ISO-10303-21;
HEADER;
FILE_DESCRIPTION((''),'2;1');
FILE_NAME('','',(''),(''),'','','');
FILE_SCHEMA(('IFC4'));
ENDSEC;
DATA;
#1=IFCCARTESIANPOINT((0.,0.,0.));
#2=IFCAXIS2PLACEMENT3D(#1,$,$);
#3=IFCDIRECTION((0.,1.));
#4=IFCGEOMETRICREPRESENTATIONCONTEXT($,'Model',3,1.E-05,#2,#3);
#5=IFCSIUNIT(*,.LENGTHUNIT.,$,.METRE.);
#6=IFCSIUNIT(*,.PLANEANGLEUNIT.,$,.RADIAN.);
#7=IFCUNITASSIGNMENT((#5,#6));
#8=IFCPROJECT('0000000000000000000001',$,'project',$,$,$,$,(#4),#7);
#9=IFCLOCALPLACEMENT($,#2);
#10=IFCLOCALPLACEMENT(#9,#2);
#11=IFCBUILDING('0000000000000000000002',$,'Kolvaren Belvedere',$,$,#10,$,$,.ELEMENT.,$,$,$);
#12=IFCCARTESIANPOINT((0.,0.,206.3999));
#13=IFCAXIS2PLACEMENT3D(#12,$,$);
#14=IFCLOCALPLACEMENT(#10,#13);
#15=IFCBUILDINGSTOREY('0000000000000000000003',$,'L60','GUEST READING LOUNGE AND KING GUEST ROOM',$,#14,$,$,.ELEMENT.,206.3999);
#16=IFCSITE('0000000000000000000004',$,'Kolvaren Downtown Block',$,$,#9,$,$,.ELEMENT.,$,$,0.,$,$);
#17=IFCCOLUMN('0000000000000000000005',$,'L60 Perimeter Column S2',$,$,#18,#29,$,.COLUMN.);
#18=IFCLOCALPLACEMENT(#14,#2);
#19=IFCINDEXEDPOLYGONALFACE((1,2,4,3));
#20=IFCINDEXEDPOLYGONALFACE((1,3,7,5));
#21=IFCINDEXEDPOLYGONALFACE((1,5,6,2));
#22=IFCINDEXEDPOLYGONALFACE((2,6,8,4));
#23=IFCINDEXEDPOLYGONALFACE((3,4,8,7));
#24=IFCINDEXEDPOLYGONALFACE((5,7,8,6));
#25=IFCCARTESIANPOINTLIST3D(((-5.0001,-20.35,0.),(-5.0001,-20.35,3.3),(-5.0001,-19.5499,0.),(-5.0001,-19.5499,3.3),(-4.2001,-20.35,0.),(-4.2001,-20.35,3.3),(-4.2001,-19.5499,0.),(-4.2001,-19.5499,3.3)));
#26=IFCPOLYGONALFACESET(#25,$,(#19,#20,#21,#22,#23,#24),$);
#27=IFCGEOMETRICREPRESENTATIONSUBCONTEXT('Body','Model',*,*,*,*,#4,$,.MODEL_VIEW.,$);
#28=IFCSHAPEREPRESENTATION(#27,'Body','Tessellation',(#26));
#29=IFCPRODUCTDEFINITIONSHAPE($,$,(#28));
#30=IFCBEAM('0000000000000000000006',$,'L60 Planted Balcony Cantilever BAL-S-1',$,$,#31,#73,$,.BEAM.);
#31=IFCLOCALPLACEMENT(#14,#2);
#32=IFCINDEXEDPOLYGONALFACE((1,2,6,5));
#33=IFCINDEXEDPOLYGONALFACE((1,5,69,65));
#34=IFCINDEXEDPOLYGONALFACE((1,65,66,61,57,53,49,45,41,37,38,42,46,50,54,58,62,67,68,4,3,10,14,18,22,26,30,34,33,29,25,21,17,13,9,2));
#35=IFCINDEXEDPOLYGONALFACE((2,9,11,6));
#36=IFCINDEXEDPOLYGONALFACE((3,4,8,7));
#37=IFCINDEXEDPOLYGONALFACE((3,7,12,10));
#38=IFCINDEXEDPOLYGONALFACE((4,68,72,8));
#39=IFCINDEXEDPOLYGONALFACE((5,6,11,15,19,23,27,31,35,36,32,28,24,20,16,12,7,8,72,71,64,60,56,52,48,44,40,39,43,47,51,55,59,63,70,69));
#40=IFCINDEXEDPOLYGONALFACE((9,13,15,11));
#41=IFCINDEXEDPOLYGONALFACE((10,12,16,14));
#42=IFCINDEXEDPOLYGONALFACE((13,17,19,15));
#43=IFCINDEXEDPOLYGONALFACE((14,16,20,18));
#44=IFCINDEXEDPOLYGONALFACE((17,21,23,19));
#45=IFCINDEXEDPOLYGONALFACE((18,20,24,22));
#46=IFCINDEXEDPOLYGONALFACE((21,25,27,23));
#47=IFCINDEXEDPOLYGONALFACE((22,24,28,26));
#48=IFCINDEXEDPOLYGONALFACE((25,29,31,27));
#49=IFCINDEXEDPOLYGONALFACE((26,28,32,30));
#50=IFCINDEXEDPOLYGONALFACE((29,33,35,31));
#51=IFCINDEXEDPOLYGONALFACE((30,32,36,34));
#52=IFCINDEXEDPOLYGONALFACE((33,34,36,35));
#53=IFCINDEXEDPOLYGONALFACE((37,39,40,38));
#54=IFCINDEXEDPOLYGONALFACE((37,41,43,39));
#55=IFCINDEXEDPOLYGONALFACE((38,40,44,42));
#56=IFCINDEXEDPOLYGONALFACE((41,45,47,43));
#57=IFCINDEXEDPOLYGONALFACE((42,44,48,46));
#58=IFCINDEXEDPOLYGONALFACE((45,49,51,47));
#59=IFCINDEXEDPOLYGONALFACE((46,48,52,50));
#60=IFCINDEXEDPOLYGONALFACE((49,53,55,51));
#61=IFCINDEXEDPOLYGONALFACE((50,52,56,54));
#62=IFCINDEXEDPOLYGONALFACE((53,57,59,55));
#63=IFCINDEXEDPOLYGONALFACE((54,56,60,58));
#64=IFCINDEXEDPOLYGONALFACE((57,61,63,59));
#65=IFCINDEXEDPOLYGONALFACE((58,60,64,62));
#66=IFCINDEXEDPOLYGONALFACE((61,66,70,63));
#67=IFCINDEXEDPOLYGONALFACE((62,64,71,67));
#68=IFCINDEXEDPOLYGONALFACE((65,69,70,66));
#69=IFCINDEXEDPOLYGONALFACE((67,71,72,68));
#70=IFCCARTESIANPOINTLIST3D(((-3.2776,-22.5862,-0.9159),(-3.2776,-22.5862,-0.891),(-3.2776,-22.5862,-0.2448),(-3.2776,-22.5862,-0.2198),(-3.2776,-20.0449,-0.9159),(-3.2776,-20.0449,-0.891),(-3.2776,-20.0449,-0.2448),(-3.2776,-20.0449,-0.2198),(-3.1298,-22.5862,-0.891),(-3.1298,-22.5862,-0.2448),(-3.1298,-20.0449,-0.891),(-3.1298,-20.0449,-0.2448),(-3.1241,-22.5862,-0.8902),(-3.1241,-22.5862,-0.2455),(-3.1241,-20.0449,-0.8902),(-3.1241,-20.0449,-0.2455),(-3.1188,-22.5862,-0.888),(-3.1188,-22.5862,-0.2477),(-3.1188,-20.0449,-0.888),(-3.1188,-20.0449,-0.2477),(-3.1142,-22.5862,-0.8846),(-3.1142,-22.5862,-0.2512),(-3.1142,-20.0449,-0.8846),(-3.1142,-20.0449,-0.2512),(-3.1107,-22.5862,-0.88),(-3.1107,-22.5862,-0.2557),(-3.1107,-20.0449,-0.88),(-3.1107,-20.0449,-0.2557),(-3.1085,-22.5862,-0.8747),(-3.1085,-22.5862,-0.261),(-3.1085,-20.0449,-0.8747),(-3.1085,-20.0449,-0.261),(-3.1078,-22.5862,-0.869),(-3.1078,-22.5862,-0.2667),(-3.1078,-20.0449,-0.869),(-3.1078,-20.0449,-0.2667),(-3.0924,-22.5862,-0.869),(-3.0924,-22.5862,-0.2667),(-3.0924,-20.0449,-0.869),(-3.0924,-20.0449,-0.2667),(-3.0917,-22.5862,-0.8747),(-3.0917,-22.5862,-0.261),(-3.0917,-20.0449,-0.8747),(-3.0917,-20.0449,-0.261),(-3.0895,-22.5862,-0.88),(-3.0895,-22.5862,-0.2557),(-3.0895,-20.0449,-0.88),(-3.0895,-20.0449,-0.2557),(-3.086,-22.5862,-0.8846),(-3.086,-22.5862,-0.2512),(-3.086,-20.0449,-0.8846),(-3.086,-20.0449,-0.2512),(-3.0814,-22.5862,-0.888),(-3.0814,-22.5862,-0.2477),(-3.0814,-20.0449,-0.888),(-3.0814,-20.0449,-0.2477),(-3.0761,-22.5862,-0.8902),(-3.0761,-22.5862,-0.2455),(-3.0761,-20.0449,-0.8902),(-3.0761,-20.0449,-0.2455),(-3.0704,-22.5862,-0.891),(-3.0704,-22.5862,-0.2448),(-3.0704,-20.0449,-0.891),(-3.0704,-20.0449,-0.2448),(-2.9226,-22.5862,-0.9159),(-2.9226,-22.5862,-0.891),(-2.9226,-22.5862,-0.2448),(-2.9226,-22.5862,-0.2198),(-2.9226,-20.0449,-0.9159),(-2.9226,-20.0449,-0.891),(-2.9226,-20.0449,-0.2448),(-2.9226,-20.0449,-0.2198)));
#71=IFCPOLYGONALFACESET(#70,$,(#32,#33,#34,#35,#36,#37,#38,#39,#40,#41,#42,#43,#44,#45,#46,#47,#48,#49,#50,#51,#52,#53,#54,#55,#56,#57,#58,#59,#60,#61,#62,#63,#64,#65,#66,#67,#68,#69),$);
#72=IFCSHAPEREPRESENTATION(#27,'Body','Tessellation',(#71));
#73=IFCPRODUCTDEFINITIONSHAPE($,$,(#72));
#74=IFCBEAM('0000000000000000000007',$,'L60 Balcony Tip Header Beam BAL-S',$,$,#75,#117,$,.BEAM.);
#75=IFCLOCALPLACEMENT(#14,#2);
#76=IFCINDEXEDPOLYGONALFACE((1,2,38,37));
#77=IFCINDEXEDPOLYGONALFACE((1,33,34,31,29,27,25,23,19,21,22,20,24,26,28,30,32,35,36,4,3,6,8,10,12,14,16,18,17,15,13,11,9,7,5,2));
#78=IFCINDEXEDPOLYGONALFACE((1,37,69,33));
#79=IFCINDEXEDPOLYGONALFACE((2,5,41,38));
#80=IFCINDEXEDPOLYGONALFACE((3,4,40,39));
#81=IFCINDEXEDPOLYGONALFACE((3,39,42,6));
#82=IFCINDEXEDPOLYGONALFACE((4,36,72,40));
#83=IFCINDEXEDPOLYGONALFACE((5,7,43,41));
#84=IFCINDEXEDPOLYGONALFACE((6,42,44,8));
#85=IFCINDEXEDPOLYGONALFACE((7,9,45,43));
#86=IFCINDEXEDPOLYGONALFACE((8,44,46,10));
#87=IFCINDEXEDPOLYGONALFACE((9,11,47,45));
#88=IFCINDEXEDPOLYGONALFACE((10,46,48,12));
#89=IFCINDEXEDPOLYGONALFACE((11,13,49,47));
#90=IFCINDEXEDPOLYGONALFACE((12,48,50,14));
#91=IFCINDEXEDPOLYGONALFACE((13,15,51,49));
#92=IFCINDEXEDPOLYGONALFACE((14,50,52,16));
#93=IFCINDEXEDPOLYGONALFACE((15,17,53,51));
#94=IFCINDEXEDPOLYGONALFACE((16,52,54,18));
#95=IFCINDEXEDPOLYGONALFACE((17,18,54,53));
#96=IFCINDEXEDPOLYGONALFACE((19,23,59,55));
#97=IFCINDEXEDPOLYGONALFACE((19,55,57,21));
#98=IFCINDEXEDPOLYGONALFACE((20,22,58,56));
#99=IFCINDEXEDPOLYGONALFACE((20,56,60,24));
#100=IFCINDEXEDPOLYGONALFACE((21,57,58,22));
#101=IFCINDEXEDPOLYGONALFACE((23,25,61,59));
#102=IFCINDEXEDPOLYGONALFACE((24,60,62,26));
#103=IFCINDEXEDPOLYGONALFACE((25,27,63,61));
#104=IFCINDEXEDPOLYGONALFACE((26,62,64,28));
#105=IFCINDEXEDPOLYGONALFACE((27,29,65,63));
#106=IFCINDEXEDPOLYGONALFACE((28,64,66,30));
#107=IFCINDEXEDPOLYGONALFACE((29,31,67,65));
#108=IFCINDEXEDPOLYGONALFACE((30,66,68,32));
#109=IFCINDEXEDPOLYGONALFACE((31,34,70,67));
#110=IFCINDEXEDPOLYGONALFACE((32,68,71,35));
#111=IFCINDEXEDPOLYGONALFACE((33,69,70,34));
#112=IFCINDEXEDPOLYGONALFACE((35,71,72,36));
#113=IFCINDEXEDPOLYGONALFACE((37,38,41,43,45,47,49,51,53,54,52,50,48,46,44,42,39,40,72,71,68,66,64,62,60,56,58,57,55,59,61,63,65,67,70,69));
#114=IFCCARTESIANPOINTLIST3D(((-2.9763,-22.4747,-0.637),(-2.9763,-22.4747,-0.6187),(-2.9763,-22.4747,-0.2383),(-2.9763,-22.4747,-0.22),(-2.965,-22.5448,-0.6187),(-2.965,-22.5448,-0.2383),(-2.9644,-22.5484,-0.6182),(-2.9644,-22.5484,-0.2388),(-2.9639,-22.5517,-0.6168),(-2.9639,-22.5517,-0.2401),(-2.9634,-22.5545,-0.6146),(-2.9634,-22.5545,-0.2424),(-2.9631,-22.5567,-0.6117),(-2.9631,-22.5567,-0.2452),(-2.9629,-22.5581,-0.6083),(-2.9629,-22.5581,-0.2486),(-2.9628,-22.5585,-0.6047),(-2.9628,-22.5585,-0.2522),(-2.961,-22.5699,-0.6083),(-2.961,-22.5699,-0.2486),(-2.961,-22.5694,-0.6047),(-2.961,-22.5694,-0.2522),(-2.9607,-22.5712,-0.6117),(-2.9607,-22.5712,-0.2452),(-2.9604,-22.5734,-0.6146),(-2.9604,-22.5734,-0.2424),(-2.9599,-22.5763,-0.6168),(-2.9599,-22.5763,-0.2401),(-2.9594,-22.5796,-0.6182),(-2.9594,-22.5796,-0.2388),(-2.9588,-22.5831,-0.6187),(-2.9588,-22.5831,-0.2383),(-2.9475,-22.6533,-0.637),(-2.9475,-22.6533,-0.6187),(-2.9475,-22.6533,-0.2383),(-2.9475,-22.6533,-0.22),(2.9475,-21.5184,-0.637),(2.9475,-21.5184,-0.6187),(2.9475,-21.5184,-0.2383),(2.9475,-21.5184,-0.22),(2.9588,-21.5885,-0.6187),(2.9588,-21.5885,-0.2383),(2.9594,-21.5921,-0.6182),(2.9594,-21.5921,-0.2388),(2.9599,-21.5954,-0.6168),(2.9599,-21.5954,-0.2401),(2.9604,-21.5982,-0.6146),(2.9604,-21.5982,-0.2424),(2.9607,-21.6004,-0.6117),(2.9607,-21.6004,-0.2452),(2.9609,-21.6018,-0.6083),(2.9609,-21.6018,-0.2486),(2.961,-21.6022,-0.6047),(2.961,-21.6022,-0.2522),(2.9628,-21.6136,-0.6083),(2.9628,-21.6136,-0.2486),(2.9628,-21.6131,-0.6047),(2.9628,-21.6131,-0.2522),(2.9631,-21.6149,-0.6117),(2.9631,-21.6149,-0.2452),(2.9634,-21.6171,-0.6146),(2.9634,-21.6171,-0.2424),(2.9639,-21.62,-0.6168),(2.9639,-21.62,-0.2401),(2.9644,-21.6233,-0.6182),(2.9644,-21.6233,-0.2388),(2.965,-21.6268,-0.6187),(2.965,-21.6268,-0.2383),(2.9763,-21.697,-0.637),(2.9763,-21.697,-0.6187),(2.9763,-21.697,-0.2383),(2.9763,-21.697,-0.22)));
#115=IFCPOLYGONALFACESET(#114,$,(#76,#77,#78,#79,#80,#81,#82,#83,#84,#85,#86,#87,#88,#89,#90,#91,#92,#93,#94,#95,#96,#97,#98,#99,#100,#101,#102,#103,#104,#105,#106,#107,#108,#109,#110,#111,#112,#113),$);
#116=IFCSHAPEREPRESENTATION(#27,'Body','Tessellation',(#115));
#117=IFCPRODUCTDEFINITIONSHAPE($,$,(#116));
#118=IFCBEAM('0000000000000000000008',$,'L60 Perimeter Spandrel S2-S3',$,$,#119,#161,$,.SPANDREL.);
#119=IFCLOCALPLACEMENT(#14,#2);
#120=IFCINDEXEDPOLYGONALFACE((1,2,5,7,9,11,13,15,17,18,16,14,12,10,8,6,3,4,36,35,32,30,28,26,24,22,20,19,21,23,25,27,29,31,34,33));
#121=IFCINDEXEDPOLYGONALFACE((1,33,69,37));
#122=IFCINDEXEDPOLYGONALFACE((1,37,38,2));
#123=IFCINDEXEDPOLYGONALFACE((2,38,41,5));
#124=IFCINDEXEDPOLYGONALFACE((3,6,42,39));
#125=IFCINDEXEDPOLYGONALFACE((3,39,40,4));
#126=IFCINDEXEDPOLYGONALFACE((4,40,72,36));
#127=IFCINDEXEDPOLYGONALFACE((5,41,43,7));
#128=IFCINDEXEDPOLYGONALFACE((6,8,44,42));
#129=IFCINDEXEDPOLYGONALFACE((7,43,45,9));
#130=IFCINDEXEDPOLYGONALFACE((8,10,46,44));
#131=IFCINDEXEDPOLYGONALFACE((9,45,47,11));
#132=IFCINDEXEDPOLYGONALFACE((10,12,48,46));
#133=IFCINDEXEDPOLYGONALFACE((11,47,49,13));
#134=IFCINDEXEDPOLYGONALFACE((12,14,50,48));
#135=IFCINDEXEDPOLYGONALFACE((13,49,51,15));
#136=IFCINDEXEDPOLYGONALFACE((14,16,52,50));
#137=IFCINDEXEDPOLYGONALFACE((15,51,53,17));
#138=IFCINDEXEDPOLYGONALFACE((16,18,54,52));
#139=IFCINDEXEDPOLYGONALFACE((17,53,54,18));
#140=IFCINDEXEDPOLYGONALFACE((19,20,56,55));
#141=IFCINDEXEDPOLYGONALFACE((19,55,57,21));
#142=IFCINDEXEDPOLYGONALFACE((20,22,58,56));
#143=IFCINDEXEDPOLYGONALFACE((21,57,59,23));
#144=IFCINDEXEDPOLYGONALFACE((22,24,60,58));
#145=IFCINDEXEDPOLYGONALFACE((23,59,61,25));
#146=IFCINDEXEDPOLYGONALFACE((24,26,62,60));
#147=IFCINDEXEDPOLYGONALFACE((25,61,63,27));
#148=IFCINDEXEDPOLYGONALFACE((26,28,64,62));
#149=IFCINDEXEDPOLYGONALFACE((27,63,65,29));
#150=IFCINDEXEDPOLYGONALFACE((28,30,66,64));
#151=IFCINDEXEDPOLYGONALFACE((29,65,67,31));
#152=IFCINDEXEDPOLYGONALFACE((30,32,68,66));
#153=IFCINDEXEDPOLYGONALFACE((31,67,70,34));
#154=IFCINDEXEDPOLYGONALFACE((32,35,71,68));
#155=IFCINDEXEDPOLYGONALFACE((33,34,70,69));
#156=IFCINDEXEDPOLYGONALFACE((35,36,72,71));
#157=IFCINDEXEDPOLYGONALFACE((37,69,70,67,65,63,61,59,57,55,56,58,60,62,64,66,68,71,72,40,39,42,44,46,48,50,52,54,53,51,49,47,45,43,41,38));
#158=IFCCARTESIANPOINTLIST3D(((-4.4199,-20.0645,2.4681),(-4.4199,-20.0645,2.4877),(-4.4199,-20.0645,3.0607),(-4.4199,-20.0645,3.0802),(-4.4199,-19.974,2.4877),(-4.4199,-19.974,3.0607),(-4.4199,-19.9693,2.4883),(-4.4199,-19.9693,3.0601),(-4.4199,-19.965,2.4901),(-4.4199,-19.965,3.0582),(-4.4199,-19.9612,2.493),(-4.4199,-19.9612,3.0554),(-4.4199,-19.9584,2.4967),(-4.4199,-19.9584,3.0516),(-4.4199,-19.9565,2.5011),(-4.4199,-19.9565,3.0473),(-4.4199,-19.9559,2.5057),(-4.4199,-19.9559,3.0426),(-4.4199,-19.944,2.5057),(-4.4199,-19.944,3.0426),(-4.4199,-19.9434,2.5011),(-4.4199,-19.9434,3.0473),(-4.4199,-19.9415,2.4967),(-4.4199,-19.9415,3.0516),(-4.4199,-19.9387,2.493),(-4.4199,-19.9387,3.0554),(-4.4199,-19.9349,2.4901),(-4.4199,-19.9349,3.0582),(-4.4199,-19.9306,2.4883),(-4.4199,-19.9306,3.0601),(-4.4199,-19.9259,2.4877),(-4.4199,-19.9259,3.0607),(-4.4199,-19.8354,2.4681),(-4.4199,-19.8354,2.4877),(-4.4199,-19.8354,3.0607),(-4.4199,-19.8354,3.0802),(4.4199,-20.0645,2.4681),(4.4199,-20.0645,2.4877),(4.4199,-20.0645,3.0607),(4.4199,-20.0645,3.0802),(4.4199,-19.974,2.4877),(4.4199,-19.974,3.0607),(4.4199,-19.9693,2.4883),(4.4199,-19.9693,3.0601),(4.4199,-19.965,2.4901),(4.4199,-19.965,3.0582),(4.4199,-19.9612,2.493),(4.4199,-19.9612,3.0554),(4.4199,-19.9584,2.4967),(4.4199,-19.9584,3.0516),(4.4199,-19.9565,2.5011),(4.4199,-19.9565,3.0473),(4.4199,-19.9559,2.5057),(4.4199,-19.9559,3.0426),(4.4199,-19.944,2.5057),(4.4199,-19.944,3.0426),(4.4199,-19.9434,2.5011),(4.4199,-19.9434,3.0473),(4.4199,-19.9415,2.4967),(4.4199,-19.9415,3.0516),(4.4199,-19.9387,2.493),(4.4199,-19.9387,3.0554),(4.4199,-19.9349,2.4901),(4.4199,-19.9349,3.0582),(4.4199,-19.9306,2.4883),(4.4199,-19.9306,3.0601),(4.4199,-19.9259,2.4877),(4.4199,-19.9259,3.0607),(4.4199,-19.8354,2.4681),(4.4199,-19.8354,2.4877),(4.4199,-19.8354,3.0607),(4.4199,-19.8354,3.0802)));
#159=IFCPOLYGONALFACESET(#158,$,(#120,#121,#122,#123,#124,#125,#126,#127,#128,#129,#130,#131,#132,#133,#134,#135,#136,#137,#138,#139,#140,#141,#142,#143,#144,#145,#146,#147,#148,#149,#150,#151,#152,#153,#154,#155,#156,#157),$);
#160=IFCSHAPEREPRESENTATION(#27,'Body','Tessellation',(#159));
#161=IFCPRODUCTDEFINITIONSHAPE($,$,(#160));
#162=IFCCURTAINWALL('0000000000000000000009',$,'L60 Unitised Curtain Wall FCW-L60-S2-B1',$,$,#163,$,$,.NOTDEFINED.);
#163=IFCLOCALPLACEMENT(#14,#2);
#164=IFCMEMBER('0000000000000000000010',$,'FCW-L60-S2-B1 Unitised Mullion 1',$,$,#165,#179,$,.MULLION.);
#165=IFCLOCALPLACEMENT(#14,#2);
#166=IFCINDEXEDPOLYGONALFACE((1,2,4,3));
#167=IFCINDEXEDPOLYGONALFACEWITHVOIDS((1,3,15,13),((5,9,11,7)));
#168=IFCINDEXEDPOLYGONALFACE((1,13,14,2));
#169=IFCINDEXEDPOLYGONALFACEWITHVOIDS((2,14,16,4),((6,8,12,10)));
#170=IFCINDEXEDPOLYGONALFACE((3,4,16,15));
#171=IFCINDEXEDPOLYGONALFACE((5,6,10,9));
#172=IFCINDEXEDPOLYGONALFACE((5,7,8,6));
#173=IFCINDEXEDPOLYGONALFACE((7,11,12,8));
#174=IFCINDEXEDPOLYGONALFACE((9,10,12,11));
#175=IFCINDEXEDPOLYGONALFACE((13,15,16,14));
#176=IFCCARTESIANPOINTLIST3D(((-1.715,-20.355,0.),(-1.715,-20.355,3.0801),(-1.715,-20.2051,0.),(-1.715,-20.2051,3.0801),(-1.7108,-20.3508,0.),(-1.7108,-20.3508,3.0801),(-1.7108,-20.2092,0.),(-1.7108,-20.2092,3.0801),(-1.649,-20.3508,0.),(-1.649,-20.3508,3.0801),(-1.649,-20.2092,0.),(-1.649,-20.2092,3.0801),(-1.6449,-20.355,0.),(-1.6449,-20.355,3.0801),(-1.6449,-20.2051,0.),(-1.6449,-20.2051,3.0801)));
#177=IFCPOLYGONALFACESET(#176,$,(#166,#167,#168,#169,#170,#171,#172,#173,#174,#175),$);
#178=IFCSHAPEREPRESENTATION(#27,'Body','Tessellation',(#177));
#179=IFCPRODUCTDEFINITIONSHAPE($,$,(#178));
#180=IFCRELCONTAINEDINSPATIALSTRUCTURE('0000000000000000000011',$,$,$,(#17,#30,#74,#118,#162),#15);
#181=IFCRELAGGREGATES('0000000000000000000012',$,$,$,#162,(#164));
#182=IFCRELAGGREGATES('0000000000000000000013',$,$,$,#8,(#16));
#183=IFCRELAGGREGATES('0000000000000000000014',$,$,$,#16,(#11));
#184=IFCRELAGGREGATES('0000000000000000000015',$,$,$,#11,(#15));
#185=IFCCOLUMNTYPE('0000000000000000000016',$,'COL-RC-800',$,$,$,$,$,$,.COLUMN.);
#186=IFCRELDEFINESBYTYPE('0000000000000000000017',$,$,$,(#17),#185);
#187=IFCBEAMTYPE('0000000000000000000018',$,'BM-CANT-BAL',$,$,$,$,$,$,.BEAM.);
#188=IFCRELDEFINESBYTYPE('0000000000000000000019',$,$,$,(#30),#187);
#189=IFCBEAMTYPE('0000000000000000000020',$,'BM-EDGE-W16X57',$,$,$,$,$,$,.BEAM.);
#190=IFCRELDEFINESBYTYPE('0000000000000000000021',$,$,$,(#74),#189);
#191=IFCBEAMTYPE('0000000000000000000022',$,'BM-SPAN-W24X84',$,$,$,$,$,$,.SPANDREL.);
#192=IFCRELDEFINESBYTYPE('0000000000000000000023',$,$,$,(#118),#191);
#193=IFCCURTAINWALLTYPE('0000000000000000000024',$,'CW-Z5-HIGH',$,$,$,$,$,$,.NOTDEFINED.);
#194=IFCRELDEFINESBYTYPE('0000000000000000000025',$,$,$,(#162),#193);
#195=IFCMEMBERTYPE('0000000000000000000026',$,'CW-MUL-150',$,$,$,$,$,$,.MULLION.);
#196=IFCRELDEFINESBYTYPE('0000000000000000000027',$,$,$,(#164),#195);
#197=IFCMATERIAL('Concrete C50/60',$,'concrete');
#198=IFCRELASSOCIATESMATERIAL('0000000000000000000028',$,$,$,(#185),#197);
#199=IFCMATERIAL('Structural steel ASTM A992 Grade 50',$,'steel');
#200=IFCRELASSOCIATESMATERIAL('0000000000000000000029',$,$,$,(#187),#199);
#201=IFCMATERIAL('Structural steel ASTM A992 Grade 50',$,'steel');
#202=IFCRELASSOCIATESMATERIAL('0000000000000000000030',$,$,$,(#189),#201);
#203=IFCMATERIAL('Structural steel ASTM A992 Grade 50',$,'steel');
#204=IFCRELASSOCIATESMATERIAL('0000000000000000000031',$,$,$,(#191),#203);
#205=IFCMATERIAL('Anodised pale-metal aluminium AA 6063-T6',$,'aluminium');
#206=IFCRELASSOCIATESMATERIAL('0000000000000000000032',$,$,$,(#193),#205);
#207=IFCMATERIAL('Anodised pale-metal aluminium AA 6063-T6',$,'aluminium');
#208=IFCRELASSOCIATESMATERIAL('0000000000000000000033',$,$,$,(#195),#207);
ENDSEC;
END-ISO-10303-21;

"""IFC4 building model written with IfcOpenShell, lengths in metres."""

from ifc_helpers import new_model, si_unit, direction, frame, origin, origin_2d, place, context, subcontext, project, spatial, rectangle, hollow_rectangle, i_section, extrude, material, material_profile, profile_set, type_object, element, aggregate, save


model = new_model("IFC4")

# Units and contexts
model_context = context("Model", 3, precision=1e-05, world=origin(), true_north=direction((0.0, 1.0)))
body_context = subcontext(model_context, "Body", "Model", "MODEL_VIEW")
ifc_project = project(units=[si_unit("LENGTHUNIT", "METRE"), si_unit("PLANEANGLEUNIT", "RADIAN")], contexts=[model_context])

# Site, building, storey
site_placement = place(None, origin())
site = spatial("IfcSite", under=ifc_project, at=site_placement, Name="Kolvaren Downtown Block", CompositionType="ELEMENT", RefElevation=0.0)
building_placement = place(site_placement, origin())
building = spatial("IfcBuilding", under=site, at=building_placement, Name="Kolvaren Belvedere", CompositionType="ELEMENT")
storey_placement = place(building_placement, frame((0.0, 0.0, 206.3999)))
storey = spatial("IfcBuildingStorey", under=building, at=storey_placement, Name="L60", Description="GUEST READING LOUNGE AND KING GUEST ROOM", CompositionType="ELEMENT", Elevation=206.3999)

# Column
ifc_material_1 = material(Name="Concrete C50/60", Category="concrete")
ifc_material_profile_1 = material_profile(ifc_material_1, rectangle(XDim=0.8, YDim=0.8, at=origin_2d()), Name="RC 800X800")
ifc_profile_set_1 = profile_set([ifc_material_profile_1], Name="Concrete C50/60")
column_type = type_object("IfcColumnType", Name="COL-RC-800", PredefinedType="COLUMN", material=ifc_profile_set_1)
column_placement = place(storey_placement, frame((-4.6001, -19.95, 0.0), z_axis=(0.0, 0.0, 1.0), x_axis=(1.0, 0.0, 0.0)))
element("IfcColumn", 1, at=column_placement, inside=storey, type_object=column_type, Name="L60 Perimeter Column S2", PredefinedType="COLUMN", context=body_context, shape_type="SweptSolid", body=[
    extrude(rectangle(XDim=0.8, YDim=0.8, at=origin_2d()), origin(), (0.0, 0.0, 1.0), 3.3),
])

# Beams
ifc_material_2 = material(Name="Structural steel ASTM A992 Grade 50", Category="steel")
ifc_material_profile_2 = material_profile(ifc_material_2, i_section(OverallWidth=0.355, OverallDepth=0.696, WebThickness=0.0154, FlangeThickness=0.0249, FilletRadius=0.022, at=origin_2d()), Name="W27X146")
ifc_profile_set_2 = profile_set([ifc_material_profile_2], Name="Structural steel ASTM A992 Grade 50")
beam_type_1 = type_object("IfcBeamType", Name="BM-CANT-BAL", PredefinedType="BEAM", material=ifc_profile_set_2)
beam_1_placement = place(storey_placement, frame((-3.1001, -20.0449, -0.5679), z_axis=(0.0, -1.0, 0.0), x_axis=(1.0, 0.0, 0.0)))
element("IfcBeam", 2, at=beam_1_placement, inside=storey, type_object=beam_type_1, Name="L60 Planted Balcony Cantilever BAL-S-1", PredefinedType="BEAM", context=body_context, shape_type="SweptSolid", body=[
    extrude(i_section(OverallWidth=0.355, OverallDepth=0.696, WebThickness=0.0154, FlangeThickness=0.0249, FilletRadius=0.022, at=origin_2d()), origin(), (0.0, 0.0, 1.0), 2.5413),
])
ifc_material_3 = material(Name="Structural steel ASTM A992 Grade 50", Category="steel")
ifc_material_profile_3 = material_profile(ifc_material_3, i_section(OverallWidth=0.1809, OverallDepth=0.417, WebThickness=0.011, FlangeThickness=0.0183, FilletRadius=0.0139, at=origin_2d()), Name="W16X57")
ifc_profile_set_3 = profile_set([ifc_material_profile_3], Name="Structural steel ASTM A992 Grade 50")
beam_type_2 = type_object("IfcBeamType", Name="BM-EDGE-W16X57", PredefinedType="BEAM", material=ifc_profile_set_3)
beam_2_placement = place(storey_placement, frame((-2.9619, -22.564, -0.4285), z_axis=(0.987219, 0.159369, 0.0), x_axis=(-0.159369, 0.987219, 0.0)))
element("IfcBeam", 3, at=beam_2_placement, inside=storey, type_object=beam_type_2, Name="L60 Balcony Tip Header Beam BAL-S", PredefinedType="BEAM", context=body_context, shape_type="SweptSolid", body=[
    extrude(i_section(OverallWidth=0.1809, OverallDepth=0.417, WebThickness=0.011, FlangeThickness=0.0183, FilletRadius=0.0139, at=origin_2d()), origin(), (0.0, 0.0, 1.0), 6.0005),
])
ifc_material_4 = material(Name="Structural steel ASTM A992 Grade 50", Category="steel")
ifc_material_profile_4 = material_profile(ifc_material_4, i_section(OverallWidth=0.229, OverallDepth=0.6121, WebThickness=0.012, FlangeThickness=0.0195, FilletRadius=0.0181, at=origin_2d()), Name="W24X84")
ifc_profile_set_4 = profile_set([ifc_material_profile_4], Name="Structural steel ASTM A992 Grade 50")
beam_type_3 = type_object("IfcBeamType", Name="BM-SPAN-W24X84", PredefinedType="SPANDREL", material=ifc_profile_set_4)
beam_3_placement = place(storey_placement, frame((-4.4199, -19.95, 2.7742), z_axis=(1.0, 0.0, 0.0), x_axis=(0.0, 1.0, 0.0)))
element("IfcBeam", 4, at=beam_3_placement, inside=storey, type_object=beam_type_3, Name="L60 Perimeter Spandrel S2-S3", PredefinedType="SPANDREL", context=body_context, shape_type="SweptSolid", body=[
    extrude(i_section(OverallWidth=0.229, OverallDepth=0.6121, WebThickness=0.012, FlangeThickness=0.0195, FilletRadius=0.0181, at=origin_2d()), origin(), (0.0, 0.0, 1.0), 8.8398),
])

# Curtain wall, member
ifc_material_5 = material(Name="Anodised pale-metal aluminium AA 6063-T6", Category="aluminium")
curtain_wall_type = type_object("IfcCurtainWallType", Name="CW-Z5-HIGH", PredefinedType="NOTDEFINED", material=ifc_material_5)
curtain_wall_1_placement = place(storey_placement, origin())
curtain_wall_1 = element("IfcCurtainWall", 5, at=curtain_wall_1_placement, inside=storey, type_object=curtain_wall_type, Name="L60 Unitised Curtain Wall FCW-L60-S2-B1", PredefinedType="NOTDEFINED")
ifc_material_6 = material(Name="Anodised pale-metal aluminium AA 6063-T6", Category="aluminium")
ifc_material_profile_5 = material_profile(ifc_material_6, hollow_rectangle(XDim=0.0701, YDim=0.1499, WallThickness=0.0042, at=origin_2d()), Name="ALU-MUL-150X70")
ifc_profile_set_5 = profile_set([ifc_material_profile_5], Name="Anodised pale-metal aluminium AA 6063-T6")
member_type_1 = type_object("IfcMemberType", Name="CW-MUL-150", PredefinedType="MULLION", material=ifc_profile_set_5)
member_1_placement = place(storey_placement, frame((-1.6799, -20.28, 0.0), z_axis=(0.0, 0.0, 1.0), x_axis=(1.0, 0.0, 0.0)))
member_1 = element("IfcMember", 6, at=member_1_placement, type_object=member_type_1, Name="FCW-L60-S2-B1 Unitised Mullion 1", PredefinedType="MULLION", context=body_context, shape_type="SweptSolid", body=[
    extrude(hollow_rectangle(XDim=0.0701, YDim=0.1499, WallThickness=0.0042, at=origin_2d()), origin(), (0.0, 0.0, 1.0), 3.0801),
])

aggregate(curtain_wall_1, [member_1])

save(model, "model.ifc")
